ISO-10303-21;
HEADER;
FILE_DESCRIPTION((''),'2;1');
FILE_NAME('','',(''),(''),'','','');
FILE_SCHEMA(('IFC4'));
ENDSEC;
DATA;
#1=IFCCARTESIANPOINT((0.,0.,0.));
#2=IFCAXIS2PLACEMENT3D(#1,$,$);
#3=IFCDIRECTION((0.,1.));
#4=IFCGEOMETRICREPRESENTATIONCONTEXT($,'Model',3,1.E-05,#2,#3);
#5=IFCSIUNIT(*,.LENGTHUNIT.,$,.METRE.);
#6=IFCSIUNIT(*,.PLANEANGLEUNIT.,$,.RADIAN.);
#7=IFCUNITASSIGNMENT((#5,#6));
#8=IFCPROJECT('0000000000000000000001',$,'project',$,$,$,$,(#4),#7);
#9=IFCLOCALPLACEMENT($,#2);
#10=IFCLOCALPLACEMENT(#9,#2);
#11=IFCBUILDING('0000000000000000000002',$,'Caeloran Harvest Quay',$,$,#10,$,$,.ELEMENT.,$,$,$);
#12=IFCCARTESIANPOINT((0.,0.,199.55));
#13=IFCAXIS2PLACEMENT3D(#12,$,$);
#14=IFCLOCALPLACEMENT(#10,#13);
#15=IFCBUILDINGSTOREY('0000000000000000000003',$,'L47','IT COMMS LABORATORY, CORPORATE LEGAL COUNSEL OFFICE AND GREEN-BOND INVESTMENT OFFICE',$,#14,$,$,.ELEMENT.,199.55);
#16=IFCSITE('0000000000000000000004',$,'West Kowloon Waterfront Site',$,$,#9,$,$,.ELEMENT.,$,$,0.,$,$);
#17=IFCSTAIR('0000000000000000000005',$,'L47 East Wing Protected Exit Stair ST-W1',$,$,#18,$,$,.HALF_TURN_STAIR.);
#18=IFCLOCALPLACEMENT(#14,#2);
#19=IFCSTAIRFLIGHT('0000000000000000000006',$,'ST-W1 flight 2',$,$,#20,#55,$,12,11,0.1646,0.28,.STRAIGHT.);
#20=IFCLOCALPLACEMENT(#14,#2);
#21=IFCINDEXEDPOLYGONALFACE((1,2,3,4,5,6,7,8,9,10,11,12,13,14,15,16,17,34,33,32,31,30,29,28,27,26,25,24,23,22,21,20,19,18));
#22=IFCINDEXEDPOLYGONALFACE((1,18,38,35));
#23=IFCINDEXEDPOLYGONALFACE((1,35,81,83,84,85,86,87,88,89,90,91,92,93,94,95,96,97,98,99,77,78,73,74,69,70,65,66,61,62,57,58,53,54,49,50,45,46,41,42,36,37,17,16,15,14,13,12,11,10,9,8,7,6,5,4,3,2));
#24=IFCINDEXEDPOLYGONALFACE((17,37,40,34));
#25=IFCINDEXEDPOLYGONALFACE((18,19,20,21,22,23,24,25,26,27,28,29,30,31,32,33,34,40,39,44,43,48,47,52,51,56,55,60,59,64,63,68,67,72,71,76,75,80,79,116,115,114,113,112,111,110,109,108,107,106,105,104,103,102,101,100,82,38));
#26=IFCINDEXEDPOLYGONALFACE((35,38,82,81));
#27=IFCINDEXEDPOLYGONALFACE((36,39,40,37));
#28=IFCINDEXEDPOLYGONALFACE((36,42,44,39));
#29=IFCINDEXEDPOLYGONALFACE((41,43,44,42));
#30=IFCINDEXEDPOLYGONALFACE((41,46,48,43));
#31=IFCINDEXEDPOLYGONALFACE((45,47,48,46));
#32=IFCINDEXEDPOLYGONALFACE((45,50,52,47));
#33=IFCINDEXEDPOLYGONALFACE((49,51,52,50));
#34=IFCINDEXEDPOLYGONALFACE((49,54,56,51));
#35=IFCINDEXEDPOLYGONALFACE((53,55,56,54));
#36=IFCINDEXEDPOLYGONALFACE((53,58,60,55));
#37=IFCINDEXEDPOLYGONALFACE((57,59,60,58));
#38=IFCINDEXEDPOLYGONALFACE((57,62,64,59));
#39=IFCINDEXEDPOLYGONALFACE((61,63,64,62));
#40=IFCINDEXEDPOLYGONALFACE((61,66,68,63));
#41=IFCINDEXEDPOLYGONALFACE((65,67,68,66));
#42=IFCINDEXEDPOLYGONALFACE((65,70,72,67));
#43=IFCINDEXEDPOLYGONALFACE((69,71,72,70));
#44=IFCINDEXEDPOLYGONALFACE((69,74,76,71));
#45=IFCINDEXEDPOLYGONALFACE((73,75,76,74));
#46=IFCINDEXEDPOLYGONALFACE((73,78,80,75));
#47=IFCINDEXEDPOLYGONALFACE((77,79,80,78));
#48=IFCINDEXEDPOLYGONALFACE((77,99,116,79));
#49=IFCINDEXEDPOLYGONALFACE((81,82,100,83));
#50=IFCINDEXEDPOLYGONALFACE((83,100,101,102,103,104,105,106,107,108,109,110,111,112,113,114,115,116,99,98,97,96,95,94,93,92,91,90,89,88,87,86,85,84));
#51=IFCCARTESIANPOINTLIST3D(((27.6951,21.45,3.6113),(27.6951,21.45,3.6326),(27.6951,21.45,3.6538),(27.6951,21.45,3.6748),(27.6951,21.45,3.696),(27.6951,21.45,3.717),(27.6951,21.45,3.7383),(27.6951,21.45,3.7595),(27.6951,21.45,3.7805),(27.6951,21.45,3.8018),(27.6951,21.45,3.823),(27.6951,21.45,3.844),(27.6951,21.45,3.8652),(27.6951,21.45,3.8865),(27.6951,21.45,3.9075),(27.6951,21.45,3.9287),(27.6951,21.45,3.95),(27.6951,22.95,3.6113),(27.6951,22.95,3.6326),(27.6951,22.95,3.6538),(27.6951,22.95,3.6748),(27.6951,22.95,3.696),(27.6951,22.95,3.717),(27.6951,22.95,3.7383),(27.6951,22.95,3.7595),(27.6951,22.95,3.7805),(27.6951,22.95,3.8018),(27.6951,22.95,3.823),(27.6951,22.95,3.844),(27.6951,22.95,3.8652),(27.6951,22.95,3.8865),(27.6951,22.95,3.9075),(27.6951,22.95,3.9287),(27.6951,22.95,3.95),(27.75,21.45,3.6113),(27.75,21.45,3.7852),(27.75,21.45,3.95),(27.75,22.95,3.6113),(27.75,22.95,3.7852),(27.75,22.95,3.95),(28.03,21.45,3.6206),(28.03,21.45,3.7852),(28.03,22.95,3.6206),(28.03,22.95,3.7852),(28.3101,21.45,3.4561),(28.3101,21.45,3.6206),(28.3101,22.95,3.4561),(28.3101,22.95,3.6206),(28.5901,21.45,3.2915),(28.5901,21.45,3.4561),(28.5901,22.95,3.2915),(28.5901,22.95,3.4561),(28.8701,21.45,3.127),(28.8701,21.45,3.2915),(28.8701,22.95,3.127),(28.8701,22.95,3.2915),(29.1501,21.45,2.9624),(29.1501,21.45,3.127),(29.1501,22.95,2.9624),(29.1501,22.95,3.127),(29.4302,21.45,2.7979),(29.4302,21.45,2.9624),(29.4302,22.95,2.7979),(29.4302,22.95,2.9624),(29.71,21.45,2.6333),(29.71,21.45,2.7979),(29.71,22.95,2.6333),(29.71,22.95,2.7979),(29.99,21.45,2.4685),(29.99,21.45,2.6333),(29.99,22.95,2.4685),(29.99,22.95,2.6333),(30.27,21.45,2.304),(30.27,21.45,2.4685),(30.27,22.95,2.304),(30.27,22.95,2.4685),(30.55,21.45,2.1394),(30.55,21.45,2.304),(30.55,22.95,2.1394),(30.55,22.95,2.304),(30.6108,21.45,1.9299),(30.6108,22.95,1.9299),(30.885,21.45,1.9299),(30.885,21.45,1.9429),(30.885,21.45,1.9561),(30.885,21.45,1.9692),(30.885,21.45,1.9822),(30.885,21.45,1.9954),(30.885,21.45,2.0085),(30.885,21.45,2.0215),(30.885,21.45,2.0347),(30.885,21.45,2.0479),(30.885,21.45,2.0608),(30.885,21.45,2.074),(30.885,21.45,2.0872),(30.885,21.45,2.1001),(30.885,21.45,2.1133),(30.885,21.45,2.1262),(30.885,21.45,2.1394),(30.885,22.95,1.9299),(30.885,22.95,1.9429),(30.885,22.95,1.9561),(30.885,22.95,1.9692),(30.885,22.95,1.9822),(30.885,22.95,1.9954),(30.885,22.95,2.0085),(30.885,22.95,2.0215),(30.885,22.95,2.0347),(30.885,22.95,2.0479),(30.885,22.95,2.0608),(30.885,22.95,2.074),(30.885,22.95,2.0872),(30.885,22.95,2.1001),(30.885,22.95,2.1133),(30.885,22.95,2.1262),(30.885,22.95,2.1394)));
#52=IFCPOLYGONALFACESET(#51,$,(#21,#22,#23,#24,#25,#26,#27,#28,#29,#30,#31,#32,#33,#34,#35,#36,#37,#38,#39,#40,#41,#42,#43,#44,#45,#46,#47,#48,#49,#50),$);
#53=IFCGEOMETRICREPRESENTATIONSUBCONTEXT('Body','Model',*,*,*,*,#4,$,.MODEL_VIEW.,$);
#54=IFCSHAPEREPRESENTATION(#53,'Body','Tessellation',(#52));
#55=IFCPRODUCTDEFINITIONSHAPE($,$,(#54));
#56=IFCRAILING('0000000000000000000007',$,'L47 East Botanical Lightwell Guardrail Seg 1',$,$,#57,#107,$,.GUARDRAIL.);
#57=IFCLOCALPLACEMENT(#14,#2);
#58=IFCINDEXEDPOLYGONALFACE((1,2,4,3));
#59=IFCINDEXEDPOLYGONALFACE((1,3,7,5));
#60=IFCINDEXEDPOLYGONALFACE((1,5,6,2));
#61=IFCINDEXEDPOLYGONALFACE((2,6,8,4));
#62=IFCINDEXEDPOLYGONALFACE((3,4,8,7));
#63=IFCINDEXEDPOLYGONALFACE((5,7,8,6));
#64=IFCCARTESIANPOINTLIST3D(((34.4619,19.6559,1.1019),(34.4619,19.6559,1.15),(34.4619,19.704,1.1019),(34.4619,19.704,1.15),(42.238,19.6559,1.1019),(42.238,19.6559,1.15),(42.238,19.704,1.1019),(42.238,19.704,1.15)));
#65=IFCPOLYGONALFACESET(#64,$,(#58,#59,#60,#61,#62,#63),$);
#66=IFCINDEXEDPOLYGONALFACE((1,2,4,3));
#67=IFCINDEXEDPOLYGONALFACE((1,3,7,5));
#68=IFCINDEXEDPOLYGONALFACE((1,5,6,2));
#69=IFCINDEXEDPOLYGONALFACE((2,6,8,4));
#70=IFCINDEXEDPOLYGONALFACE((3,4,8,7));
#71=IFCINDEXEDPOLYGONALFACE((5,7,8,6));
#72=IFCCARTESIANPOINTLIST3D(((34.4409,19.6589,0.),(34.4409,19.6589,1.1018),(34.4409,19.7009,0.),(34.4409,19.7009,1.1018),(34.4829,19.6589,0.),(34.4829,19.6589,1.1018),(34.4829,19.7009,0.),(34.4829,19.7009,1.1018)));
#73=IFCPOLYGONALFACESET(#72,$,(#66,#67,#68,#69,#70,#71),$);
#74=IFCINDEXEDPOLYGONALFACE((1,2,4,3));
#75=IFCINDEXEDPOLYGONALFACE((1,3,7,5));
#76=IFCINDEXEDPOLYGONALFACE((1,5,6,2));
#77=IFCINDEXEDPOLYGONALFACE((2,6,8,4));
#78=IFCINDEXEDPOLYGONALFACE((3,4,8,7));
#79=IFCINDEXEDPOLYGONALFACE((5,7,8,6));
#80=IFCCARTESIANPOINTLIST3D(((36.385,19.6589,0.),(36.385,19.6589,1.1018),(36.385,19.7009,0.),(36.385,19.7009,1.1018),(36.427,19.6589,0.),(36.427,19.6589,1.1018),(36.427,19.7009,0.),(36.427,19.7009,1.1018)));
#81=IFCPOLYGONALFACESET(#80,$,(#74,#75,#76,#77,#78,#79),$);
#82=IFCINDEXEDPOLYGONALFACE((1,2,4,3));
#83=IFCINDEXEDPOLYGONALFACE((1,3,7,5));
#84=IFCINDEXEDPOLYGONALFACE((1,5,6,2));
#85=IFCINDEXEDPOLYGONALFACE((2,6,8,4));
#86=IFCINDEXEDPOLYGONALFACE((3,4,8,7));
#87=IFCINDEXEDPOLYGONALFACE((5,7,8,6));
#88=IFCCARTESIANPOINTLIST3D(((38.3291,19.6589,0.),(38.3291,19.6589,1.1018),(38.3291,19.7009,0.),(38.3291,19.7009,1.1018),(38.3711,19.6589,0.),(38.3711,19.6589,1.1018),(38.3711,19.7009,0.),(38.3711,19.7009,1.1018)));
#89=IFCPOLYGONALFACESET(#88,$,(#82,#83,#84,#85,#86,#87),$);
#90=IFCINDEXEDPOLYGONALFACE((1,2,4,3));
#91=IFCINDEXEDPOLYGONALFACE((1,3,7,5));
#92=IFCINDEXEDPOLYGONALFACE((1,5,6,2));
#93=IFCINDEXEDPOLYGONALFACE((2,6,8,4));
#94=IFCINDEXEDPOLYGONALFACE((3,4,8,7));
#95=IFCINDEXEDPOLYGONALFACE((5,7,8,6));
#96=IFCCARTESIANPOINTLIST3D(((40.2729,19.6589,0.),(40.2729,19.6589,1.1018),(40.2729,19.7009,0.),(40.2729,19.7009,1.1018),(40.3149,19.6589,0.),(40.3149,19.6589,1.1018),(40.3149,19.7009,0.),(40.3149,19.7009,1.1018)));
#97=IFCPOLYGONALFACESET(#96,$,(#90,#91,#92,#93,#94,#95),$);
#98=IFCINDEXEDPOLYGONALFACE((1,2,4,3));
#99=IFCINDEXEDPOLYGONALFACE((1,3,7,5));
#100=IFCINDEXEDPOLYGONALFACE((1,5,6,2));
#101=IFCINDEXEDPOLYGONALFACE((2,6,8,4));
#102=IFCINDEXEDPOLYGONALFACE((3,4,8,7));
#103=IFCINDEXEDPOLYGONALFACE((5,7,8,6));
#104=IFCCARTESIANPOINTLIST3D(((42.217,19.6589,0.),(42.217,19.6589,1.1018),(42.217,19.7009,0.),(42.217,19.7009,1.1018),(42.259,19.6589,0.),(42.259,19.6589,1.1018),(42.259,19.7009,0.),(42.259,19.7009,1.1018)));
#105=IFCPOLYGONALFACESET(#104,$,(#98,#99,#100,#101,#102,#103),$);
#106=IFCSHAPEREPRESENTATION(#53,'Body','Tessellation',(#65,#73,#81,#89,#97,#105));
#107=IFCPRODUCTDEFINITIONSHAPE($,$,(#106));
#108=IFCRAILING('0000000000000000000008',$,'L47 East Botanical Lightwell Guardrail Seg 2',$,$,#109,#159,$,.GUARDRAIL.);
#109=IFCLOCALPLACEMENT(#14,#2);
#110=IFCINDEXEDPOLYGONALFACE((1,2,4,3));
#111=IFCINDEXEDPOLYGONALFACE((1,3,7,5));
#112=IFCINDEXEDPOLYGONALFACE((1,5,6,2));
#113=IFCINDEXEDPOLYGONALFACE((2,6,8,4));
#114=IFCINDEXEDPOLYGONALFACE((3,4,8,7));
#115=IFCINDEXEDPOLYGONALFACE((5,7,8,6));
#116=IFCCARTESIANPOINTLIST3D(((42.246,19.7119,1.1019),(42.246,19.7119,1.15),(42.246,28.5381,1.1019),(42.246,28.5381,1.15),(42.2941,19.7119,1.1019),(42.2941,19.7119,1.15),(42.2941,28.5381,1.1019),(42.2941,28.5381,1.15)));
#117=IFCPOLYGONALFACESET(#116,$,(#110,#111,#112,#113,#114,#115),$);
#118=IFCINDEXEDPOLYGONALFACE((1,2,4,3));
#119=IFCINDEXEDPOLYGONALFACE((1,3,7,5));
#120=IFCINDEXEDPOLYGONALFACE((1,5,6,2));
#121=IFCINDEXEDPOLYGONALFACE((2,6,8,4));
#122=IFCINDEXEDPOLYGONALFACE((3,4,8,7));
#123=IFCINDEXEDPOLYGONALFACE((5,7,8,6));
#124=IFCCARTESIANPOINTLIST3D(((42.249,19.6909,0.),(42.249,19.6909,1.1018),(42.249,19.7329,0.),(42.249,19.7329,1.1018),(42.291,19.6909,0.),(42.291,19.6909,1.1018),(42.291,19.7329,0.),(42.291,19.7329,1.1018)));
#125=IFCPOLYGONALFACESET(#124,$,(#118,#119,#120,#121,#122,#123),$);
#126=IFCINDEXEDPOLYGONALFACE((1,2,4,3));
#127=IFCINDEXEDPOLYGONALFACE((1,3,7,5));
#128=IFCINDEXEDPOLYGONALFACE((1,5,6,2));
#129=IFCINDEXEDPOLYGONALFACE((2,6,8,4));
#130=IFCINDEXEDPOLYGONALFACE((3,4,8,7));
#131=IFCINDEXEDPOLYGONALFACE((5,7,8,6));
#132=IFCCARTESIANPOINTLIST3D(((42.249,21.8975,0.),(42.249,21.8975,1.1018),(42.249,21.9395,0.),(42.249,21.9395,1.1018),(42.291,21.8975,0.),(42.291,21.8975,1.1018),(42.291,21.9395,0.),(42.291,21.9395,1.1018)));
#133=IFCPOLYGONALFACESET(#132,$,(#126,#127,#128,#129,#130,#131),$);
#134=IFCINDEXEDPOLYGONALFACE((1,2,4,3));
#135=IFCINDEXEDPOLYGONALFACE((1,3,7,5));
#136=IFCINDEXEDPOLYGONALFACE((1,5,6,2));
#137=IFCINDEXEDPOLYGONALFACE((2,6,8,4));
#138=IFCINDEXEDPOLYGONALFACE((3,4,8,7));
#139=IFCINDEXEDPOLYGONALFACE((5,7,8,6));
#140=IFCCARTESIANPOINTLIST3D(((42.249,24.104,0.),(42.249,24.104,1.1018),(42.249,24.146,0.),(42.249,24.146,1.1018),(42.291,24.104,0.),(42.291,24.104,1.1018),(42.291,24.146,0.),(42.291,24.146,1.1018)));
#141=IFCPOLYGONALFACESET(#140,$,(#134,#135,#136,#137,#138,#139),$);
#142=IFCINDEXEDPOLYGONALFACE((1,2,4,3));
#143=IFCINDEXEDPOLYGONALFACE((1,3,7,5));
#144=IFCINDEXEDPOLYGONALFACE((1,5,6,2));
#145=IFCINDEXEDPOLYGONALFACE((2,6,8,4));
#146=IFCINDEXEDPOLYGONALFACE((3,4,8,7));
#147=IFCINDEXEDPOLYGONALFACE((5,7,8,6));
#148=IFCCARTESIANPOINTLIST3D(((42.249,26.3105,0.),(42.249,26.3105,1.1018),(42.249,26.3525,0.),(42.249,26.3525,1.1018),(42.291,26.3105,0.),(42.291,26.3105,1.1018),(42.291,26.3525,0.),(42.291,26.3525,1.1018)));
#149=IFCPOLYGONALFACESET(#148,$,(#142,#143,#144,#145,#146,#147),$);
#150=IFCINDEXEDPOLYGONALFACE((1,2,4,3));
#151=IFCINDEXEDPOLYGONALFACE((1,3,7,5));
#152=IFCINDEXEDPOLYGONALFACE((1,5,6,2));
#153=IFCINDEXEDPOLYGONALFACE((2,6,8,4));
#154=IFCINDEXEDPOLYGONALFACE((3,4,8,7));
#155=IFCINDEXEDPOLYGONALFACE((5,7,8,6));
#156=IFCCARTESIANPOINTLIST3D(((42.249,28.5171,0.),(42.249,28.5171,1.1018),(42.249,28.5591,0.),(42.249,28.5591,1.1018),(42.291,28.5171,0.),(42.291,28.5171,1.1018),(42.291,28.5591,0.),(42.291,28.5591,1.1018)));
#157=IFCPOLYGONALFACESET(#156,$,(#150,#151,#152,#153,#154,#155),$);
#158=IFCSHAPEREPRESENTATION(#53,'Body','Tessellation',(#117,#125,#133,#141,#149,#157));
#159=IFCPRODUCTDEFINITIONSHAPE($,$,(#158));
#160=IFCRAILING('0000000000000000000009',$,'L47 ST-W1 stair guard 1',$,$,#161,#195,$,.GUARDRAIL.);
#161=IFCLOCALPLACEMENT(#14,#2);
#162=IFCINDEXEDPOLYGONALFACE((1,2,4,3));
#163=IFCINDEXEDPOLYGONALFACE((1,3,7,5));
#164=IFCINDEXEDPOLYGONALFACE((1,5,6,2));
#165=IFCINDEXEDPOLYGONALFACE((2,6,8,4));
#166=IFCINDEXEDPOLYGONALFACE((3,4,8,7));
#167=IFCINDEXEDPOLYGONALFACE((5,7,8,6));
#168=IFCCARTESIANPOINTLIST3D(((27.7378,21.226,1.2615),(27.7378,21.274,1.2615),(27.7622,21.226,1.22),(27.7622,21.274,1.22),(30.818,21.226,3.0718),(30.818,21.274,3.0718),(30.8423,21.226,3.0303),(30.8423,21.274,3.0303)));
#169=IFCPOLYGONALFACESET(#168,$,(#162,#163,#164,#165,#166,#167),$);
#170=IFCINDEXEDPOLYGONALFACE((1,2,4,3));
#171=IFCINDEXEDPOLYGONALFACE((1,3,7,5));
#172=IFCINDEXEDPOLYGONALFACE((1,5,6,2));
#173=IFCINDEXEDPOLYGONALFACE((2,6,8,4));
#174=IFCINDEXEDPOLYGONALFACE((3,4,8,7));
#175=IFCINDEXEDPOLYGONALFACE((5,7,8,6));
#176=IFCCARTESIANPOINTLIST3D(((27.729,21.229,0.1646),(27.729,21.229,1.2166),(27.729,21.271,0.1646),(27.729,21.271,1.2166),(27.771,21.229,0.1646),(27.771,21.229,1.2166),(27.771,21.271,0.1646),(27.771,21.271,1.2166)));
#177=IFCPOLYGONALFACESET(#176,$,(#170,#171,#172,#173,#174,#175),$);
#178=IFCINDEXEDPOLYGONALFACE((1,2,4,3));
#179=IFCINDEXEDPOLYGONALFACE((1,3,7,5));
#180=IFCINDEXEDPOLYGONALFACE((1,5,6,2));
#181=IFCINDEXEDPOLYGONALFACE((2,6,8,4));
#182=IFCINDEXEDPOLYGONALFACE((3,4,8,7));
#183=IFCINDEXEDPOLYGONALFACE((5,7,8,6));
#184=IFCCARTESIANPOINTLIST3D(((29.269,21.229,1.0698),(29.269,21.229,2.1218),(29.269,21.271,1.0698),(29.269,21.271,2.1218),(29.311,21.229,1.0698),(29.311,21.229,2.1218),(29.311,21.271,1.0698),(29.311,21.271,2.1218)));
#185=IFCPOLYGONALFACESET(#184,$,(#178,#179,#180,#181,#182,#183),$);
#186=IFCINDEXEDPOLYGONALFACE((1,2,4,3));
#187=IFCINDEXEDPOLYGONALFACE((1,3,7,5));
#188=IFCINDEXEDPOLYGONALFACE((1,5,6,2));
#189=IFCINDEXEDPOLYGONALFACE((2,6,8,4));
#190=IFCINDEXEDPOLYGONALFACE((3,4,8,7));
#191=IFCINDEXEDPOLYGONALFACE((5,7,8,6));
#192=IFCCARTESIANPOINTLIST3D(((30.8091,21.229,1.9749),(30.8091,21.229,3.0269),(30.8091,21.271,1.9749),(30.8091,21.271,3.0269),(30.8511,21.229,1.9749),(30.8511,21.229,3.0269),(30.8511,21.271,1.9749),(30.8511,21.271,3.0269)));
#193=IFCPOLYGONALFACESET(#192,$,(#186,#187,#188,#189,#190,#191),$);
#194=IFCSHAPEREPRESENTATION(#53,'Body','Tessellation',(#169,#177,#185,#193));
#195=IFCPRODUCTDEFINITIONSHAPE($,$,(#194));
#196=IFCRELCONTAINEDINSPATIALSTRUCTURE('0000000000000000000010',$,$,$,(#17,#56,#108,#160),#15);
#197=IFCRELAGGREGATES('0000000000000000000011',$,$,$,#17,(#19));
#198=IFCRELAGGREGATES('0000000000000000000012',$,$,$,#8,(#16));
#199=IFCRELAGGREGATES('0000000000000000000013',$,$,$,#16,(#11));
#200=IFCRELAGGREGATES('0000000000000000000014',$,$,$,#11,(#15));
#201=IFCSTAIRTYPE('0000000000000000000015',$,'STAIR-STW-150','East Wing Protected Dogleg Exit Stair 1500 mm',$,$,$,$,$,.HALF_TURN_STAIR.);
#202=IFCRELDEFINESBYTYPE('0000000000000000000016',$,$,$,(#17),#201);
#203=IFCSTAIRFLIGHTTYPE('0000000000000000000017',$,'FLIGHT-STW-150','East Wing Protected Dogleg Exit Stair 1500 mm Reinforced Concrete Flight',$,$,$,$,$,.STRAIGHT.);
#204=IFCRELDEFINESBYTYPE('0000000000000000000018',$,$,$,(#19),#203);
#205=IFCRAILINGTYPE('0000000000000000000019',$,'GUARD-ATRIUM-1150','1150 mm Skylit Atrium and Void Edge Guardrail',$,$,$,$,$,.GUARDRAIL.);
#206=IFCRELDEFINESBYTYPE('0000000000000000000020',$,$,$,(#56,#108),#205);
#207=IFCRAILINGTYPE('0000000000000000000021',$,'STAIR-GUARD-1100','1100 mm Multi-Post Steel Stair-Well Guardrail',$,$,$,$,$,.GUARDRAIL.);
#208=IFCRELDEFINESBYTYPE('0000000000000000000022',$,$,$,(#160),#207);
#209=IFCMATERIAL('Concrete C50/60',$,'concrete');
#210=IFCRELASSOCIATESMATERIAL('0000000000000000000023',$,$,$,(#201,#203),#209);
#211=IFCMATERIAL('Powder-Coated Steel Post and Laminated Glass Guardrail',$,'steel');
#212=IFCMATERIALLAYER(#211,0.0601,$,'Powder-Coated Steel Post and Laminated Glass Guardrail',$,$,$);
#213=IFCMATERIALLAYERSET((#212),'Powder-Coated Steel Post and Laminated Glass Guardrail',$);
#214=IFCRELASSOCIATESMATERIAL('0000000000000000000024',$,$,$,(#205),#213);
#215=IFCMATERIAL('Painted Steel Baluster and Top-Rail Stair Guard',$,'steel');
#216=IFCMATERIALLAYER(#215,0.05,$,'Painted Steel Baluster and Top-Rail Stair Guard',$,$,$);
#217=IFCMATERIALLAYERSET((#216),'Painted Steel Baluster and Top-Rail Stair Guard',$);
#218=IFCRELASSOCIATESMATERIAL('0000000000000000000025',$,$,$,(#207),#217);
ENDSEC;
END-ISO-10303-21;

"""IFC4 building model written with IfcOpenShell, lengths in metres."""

from ifc_helpers import new_model, si_unit, direction, frame, origin, origin_2d, place, context, subcontext, project, spatial, polyline, rectangle, outline, extrude, material, layer, layer_set, type_object, element, aggregate, save


model = new_model("IFC4")

# Units and contexts
model_context = context("Model", 3, precision=1e-05, world=origin(), true_north=direction((0.0, 1.0)))
body_context = subcontext(model_context, "Body", "Model", "MODEL_VIEW")
ifc_project = project(units=[si_unit("LENGTHUNIT", "METRE"), si_unit("PLANEANGLEUNIT", "RADIAN")], contexts=[model_context])

# Site, building, storey
site_placement = place(None, origin())
site = spatial("IfcSite", under=ifc_project, at=site_placement, Name="West Kowloon Waterfront Site", CompositionType="ELEMENT", RefElevation=0.0)
building_placement = place(site_placement, origin())
building = spatial("IfcBuilding", under=site, at=building_placement, Name="Caeloran Harvest Quay", CompositionType="ELEMENT")
storey_placement = place(building_placement, frame((0.0, 0.0, 199.55)))
storey = spatial("IfcBuildingStorey", under=building, at=storey_placement, Name="L47", Description="IT COMMS LABORATORY, CORPORATE LEGAL COUNSEL OFFICE AND GREEN-BOND INVESTMENT OFFICE", CompositionType="ELEMENT", Elevation=199.55)

# Stair, stair flight
ifc_material_1 = material(Name="Concrete C50/60", Category="concrete")
stair_type = type_object("IfcStairType", Name="STAIR-STW-150", Description="East Wing Protected Dogleg Exit Stair 1500 mm", PredefinedType="HALF_TURN_STAIR", material=ifc_material_1)
stair_placement = place(storey_placement, origin())
stair = element("IfcStair", 1, at=stair_placement, inside=storey, type_object=stair_type, Name="L47 East Wing Protected Exit Stair ST-W1", PredefinedType="HALF_TURN_STAIR")
stair_flight_type = type_object("IfcStairFlightType", Name="FLIGHT-STW-150", Description="East Wing Protected Dogleg Exit Stair 1500 mm Reinforced Concrete Flight", PredefinedType="STRAIGHT", material=ifc_material_1)
stair_flight_1_placement = place(storey_placement, frame((30.8301, 22.2, 1.9749), z_axis=(0.0, 0.0, 1.0), x_axis=(-1.0, 0.0, 0.0)))
stair_flight_1 = element("IfcStairFlight", 2, at=stair_flight_1_placement, type_object=stair_flight_type, Name="ST-W1 flight 2", NumberOfRisers=12, NumberOfTreads=11, PredefinedType="STRAIGHT", RiserHeight=0.1646, TreadLength=0.28, context=body_context, shape_type="SweptSolid", body=[
    extrude(outline(polyline([(-0.0549, -0.0449), (-0.0549, -0.032), (-0.0549, -0.0188), (-0.0549, -0.0056), (-0.0549, 0.0073), (-0.0549, 0.0205), (-0.0549, 0.0337), (-0.0549, 0.0466), (-0.0549, 0.0598), (-0.0549, 0.073), (-0.0549, 0.0859), (-0.0549, 0.0991), (-0.0549, 0.1123), (-0.0549, 0.1252), (-0.0549, 0.1384), (-0.0549, 0.1514), (-0.0549, 0.1646), (0.28, 0.1646), (0.28, 0.3291), (0.5601, 0.3291), (0.5601, 0.4937), (0.8401, 0.4937), (0.8401, 0.6584), (1.1201, 0.6584), (1.1201, 0.823), (1.3999, 0.823), (1.3999, 0.9875), (1.6799, 0.9875), (1.6799, 1.1521), (1.96, 1.1521), (1.96, 1.3167), (2.24, 1.3167), (2.24, 1.4812), (2.52, 1.4812), (2.52, 1.6458), (2.8, 1.6458), (2.8, 1.8103), (3.0801, 1.8103), (3.0801, 1.9751), (3.135, 1.9751), (3.135, 1.9539), (3.135, 1.9326), (3.135, 1.9116), (3.135, 1.8904), (3.135, 1.8691), (3.135, 1.8481), (3.135, 1.8269), (3.135, 1.8057), (3.135, 1.7847), (3.135, 1.7634), (3.135, 1.7422), (3.135, 1.7212), (3.135, 1.7), (3.135, 1.679), (3.135, 1.6577), (3.135, 1.6365), (3.0801, 1.6365), (0.2192, -0.0449), (-0.0549, -0.0449)])), frame((0.0, 0.75, 0.0), z_axis=(0.0, -1.0, 0.0), x_axis=(1.0, 0.0, 0.0)), (0.0, 0.0, 1.0), 1.5),
])
aggregate(stair, [stair_flight_1])

# Railings
ifc_material_2 = material(Name="Powder-Coated Steel Post and Laminated Glass Guardrail", Category="steel")
ifc_layer_1 = layer(ifc_material_2, 0.0601, Name="Powder-Coated Steel Post and Laminated Glass Guardrail")
ifc_layer_set_1 = layer_set([ifc_layer_1], Name="Powder-Coated Steel Post and Laminated Glass Guardrail")
railing_type_1 = type_object("IfcRailingType", Name="GUARD-ATRIUM-1150", Description="1150 mm Skylit Atrium and Void Edge Guardrail", PredefinedType="GUARDRAIL", material=ifc_layer_set_1)
railing_1_placement = place(storey_placement, frame((34.4619, 19.6799, 0.0)))
element("IfcRailing", 3, at=railing_1_placement, inside=storey, type_object=railing_type_1, Name="L47 East Botanical Lightwell Guardrail Seg 1", PredefinedType="GUARDRAIL", context=body_context, shape_type="SweptSolid", body=[
    extrude(rectangle(XDim=0.0481, YDim=0.0481, at=origin_2d()), frame((0.0, 0.0, 1.126), z_axis=(1.0, 0.0, 0.0), x_axis=(0.0, 1.0, 0.0)), (0.0, 0.0, 1.0), 7.7761),
    extrude(rectangle(XDim=0.042, YDim=0.042, at=origin_2d()), origin(), (0.0, 0.0, 1.0), 1.1018),
    extrude(rectangle(XDim=0.042, YDim=0.042, at=origin_2d()), frame((1.9441, 0.0, 0.0)), (0.0, 0.0, 1.0), 1.1018),
    extrude(rectangle(XDim=0.042, YDim=0.042, at=origin_2d()), frame((3.8882, 0.0, 0.0)), (0.0, 0.0, 1.0), 1.1018),
    extrude(rectangle(XDim=0.042, YDim=0.042, at=origin_2d()), frame((5.832, 0.0, 0.0)), (0.0, 0.0, 1.0), 1.1018),
    extrude(rectangle(XDim=0.042, YDim=0.042, at=origin_2d()), frame((7.7761, 0.0, 0.0)), (0.0, 0.0, 1.0), 1.1018),
])
railing_2_placement = place(storey_placement, frame((42.27, 19.7119, 0.0)))
element("IfcRailing", 4, at=railing_2_placement, inside=storey, type_object=railing_type_1, Name="L47 East Botanical Lightwell Guardrail Seg 2", PredefinedType="GUARDRAIL", context=body_context, shape_type="SweptSolid", body=[
    extrude(rectangle(XDim=0.0481, YDim=0.0481, at=origin_2d()), frame((0.0, 0.0, 1.126), z_axis=(0.0, 1.0, 0.0), x_axis=(-1.0, 0.0, 0.0)), (0.0, 0.0, 1.0), 8.8262),
    extrude(rectangle(XDim=0.042, YDim=0.042, at=origin_2d()), origin(), (0.0, 0.0, 1.0), 1.1018),
    extrude(rectangle(XDim=0.042, YDim=0.042, at=origin_2d()), frame((0.0, 2.2065, 0.0)), (0.0, 0.0, 1.0), 1.1018),
    extrude(rectangle(XDim=0.042, YDim=0.042, at=origin_2d()), frame((0.0, 4.4131, 0.0)), (0.0, 0.0, 1.0), 1.1018),
    extrude(rectangle(XDim=0.042, YDim=0.042, at=origin_2d()), frame((0.0, 6.6196, 0.0)), (0.0, 0.0, 1.0), 1.1018),
    extrude(rectangle(XDim=0.042, YDim=0.042, at=origin_2d()), frame((0.0, 8.8262, 0.0)), (0.0, 0.0, 1.0), 1.1018),
])
ifc_material_3 = material(Name="Painted Steel Baluster and Top-Rail Stair Guard", Category="steel")
ifc_layer_2 = layer(ifc_material_3, 0.05, Name="Painted Steel Baluster and Top-Rail Stair Guard")
ifc_layer_set_2 = layer_set([ifc_layer_2], Name="Painted Steel Baluster and Top-Rail Stair Guard")
railing_type_2 = type_object("IfcRailingType", Name="STAIR-GUARD-1100", Description="1100 mm Multi-Post Steel Stair-Well Guardrail", PredefinedType="GUARDRAIL", material=ifc_layer_set_2)
railing_3_placement = place(storey_placement, frame((27.75, 21.25, 0.1646)))
element("IfcRailing", 5, at=railing_3_placement, inside=storey, type_object=railing_type_2, Name="L47 ST-W1 stair guard 1", PredefinedType="GUARDRAIL", context=body_context, shape_type="SweptSolid", body=[
    extrude(rectangle(XDim=0.0481, YDim=0.0481, at=origin_2d()), frame((0.0, 0.0, 1.0762), z_axis=(0.862119, 0.0, 0.506707), x_axis=(0.0, 1.0, 0.0)), (0.0, 0.0, 1.0), 3.5728),
    extrude(rectangle(XDim=0.042, YDim=0.042, at=origin_2d()), origin(), (0.0, 0.0, 1.0), 1.052),
    extrude(rectangle(XDim=0.042, YDim=0.042, at=origin_2d()), frame((1.54, 0.0, 0.9053)), (0.0, 0.0, 1.0), 1.052),
    extrude(rectangle(XDim=0.042, YDim=0.042, at=origin_2d()), frame((3.0801, 0.0, 1.8103)), (0.0, 0.0, 1.0), 1.052),
])

save(model, "model.ifc")
